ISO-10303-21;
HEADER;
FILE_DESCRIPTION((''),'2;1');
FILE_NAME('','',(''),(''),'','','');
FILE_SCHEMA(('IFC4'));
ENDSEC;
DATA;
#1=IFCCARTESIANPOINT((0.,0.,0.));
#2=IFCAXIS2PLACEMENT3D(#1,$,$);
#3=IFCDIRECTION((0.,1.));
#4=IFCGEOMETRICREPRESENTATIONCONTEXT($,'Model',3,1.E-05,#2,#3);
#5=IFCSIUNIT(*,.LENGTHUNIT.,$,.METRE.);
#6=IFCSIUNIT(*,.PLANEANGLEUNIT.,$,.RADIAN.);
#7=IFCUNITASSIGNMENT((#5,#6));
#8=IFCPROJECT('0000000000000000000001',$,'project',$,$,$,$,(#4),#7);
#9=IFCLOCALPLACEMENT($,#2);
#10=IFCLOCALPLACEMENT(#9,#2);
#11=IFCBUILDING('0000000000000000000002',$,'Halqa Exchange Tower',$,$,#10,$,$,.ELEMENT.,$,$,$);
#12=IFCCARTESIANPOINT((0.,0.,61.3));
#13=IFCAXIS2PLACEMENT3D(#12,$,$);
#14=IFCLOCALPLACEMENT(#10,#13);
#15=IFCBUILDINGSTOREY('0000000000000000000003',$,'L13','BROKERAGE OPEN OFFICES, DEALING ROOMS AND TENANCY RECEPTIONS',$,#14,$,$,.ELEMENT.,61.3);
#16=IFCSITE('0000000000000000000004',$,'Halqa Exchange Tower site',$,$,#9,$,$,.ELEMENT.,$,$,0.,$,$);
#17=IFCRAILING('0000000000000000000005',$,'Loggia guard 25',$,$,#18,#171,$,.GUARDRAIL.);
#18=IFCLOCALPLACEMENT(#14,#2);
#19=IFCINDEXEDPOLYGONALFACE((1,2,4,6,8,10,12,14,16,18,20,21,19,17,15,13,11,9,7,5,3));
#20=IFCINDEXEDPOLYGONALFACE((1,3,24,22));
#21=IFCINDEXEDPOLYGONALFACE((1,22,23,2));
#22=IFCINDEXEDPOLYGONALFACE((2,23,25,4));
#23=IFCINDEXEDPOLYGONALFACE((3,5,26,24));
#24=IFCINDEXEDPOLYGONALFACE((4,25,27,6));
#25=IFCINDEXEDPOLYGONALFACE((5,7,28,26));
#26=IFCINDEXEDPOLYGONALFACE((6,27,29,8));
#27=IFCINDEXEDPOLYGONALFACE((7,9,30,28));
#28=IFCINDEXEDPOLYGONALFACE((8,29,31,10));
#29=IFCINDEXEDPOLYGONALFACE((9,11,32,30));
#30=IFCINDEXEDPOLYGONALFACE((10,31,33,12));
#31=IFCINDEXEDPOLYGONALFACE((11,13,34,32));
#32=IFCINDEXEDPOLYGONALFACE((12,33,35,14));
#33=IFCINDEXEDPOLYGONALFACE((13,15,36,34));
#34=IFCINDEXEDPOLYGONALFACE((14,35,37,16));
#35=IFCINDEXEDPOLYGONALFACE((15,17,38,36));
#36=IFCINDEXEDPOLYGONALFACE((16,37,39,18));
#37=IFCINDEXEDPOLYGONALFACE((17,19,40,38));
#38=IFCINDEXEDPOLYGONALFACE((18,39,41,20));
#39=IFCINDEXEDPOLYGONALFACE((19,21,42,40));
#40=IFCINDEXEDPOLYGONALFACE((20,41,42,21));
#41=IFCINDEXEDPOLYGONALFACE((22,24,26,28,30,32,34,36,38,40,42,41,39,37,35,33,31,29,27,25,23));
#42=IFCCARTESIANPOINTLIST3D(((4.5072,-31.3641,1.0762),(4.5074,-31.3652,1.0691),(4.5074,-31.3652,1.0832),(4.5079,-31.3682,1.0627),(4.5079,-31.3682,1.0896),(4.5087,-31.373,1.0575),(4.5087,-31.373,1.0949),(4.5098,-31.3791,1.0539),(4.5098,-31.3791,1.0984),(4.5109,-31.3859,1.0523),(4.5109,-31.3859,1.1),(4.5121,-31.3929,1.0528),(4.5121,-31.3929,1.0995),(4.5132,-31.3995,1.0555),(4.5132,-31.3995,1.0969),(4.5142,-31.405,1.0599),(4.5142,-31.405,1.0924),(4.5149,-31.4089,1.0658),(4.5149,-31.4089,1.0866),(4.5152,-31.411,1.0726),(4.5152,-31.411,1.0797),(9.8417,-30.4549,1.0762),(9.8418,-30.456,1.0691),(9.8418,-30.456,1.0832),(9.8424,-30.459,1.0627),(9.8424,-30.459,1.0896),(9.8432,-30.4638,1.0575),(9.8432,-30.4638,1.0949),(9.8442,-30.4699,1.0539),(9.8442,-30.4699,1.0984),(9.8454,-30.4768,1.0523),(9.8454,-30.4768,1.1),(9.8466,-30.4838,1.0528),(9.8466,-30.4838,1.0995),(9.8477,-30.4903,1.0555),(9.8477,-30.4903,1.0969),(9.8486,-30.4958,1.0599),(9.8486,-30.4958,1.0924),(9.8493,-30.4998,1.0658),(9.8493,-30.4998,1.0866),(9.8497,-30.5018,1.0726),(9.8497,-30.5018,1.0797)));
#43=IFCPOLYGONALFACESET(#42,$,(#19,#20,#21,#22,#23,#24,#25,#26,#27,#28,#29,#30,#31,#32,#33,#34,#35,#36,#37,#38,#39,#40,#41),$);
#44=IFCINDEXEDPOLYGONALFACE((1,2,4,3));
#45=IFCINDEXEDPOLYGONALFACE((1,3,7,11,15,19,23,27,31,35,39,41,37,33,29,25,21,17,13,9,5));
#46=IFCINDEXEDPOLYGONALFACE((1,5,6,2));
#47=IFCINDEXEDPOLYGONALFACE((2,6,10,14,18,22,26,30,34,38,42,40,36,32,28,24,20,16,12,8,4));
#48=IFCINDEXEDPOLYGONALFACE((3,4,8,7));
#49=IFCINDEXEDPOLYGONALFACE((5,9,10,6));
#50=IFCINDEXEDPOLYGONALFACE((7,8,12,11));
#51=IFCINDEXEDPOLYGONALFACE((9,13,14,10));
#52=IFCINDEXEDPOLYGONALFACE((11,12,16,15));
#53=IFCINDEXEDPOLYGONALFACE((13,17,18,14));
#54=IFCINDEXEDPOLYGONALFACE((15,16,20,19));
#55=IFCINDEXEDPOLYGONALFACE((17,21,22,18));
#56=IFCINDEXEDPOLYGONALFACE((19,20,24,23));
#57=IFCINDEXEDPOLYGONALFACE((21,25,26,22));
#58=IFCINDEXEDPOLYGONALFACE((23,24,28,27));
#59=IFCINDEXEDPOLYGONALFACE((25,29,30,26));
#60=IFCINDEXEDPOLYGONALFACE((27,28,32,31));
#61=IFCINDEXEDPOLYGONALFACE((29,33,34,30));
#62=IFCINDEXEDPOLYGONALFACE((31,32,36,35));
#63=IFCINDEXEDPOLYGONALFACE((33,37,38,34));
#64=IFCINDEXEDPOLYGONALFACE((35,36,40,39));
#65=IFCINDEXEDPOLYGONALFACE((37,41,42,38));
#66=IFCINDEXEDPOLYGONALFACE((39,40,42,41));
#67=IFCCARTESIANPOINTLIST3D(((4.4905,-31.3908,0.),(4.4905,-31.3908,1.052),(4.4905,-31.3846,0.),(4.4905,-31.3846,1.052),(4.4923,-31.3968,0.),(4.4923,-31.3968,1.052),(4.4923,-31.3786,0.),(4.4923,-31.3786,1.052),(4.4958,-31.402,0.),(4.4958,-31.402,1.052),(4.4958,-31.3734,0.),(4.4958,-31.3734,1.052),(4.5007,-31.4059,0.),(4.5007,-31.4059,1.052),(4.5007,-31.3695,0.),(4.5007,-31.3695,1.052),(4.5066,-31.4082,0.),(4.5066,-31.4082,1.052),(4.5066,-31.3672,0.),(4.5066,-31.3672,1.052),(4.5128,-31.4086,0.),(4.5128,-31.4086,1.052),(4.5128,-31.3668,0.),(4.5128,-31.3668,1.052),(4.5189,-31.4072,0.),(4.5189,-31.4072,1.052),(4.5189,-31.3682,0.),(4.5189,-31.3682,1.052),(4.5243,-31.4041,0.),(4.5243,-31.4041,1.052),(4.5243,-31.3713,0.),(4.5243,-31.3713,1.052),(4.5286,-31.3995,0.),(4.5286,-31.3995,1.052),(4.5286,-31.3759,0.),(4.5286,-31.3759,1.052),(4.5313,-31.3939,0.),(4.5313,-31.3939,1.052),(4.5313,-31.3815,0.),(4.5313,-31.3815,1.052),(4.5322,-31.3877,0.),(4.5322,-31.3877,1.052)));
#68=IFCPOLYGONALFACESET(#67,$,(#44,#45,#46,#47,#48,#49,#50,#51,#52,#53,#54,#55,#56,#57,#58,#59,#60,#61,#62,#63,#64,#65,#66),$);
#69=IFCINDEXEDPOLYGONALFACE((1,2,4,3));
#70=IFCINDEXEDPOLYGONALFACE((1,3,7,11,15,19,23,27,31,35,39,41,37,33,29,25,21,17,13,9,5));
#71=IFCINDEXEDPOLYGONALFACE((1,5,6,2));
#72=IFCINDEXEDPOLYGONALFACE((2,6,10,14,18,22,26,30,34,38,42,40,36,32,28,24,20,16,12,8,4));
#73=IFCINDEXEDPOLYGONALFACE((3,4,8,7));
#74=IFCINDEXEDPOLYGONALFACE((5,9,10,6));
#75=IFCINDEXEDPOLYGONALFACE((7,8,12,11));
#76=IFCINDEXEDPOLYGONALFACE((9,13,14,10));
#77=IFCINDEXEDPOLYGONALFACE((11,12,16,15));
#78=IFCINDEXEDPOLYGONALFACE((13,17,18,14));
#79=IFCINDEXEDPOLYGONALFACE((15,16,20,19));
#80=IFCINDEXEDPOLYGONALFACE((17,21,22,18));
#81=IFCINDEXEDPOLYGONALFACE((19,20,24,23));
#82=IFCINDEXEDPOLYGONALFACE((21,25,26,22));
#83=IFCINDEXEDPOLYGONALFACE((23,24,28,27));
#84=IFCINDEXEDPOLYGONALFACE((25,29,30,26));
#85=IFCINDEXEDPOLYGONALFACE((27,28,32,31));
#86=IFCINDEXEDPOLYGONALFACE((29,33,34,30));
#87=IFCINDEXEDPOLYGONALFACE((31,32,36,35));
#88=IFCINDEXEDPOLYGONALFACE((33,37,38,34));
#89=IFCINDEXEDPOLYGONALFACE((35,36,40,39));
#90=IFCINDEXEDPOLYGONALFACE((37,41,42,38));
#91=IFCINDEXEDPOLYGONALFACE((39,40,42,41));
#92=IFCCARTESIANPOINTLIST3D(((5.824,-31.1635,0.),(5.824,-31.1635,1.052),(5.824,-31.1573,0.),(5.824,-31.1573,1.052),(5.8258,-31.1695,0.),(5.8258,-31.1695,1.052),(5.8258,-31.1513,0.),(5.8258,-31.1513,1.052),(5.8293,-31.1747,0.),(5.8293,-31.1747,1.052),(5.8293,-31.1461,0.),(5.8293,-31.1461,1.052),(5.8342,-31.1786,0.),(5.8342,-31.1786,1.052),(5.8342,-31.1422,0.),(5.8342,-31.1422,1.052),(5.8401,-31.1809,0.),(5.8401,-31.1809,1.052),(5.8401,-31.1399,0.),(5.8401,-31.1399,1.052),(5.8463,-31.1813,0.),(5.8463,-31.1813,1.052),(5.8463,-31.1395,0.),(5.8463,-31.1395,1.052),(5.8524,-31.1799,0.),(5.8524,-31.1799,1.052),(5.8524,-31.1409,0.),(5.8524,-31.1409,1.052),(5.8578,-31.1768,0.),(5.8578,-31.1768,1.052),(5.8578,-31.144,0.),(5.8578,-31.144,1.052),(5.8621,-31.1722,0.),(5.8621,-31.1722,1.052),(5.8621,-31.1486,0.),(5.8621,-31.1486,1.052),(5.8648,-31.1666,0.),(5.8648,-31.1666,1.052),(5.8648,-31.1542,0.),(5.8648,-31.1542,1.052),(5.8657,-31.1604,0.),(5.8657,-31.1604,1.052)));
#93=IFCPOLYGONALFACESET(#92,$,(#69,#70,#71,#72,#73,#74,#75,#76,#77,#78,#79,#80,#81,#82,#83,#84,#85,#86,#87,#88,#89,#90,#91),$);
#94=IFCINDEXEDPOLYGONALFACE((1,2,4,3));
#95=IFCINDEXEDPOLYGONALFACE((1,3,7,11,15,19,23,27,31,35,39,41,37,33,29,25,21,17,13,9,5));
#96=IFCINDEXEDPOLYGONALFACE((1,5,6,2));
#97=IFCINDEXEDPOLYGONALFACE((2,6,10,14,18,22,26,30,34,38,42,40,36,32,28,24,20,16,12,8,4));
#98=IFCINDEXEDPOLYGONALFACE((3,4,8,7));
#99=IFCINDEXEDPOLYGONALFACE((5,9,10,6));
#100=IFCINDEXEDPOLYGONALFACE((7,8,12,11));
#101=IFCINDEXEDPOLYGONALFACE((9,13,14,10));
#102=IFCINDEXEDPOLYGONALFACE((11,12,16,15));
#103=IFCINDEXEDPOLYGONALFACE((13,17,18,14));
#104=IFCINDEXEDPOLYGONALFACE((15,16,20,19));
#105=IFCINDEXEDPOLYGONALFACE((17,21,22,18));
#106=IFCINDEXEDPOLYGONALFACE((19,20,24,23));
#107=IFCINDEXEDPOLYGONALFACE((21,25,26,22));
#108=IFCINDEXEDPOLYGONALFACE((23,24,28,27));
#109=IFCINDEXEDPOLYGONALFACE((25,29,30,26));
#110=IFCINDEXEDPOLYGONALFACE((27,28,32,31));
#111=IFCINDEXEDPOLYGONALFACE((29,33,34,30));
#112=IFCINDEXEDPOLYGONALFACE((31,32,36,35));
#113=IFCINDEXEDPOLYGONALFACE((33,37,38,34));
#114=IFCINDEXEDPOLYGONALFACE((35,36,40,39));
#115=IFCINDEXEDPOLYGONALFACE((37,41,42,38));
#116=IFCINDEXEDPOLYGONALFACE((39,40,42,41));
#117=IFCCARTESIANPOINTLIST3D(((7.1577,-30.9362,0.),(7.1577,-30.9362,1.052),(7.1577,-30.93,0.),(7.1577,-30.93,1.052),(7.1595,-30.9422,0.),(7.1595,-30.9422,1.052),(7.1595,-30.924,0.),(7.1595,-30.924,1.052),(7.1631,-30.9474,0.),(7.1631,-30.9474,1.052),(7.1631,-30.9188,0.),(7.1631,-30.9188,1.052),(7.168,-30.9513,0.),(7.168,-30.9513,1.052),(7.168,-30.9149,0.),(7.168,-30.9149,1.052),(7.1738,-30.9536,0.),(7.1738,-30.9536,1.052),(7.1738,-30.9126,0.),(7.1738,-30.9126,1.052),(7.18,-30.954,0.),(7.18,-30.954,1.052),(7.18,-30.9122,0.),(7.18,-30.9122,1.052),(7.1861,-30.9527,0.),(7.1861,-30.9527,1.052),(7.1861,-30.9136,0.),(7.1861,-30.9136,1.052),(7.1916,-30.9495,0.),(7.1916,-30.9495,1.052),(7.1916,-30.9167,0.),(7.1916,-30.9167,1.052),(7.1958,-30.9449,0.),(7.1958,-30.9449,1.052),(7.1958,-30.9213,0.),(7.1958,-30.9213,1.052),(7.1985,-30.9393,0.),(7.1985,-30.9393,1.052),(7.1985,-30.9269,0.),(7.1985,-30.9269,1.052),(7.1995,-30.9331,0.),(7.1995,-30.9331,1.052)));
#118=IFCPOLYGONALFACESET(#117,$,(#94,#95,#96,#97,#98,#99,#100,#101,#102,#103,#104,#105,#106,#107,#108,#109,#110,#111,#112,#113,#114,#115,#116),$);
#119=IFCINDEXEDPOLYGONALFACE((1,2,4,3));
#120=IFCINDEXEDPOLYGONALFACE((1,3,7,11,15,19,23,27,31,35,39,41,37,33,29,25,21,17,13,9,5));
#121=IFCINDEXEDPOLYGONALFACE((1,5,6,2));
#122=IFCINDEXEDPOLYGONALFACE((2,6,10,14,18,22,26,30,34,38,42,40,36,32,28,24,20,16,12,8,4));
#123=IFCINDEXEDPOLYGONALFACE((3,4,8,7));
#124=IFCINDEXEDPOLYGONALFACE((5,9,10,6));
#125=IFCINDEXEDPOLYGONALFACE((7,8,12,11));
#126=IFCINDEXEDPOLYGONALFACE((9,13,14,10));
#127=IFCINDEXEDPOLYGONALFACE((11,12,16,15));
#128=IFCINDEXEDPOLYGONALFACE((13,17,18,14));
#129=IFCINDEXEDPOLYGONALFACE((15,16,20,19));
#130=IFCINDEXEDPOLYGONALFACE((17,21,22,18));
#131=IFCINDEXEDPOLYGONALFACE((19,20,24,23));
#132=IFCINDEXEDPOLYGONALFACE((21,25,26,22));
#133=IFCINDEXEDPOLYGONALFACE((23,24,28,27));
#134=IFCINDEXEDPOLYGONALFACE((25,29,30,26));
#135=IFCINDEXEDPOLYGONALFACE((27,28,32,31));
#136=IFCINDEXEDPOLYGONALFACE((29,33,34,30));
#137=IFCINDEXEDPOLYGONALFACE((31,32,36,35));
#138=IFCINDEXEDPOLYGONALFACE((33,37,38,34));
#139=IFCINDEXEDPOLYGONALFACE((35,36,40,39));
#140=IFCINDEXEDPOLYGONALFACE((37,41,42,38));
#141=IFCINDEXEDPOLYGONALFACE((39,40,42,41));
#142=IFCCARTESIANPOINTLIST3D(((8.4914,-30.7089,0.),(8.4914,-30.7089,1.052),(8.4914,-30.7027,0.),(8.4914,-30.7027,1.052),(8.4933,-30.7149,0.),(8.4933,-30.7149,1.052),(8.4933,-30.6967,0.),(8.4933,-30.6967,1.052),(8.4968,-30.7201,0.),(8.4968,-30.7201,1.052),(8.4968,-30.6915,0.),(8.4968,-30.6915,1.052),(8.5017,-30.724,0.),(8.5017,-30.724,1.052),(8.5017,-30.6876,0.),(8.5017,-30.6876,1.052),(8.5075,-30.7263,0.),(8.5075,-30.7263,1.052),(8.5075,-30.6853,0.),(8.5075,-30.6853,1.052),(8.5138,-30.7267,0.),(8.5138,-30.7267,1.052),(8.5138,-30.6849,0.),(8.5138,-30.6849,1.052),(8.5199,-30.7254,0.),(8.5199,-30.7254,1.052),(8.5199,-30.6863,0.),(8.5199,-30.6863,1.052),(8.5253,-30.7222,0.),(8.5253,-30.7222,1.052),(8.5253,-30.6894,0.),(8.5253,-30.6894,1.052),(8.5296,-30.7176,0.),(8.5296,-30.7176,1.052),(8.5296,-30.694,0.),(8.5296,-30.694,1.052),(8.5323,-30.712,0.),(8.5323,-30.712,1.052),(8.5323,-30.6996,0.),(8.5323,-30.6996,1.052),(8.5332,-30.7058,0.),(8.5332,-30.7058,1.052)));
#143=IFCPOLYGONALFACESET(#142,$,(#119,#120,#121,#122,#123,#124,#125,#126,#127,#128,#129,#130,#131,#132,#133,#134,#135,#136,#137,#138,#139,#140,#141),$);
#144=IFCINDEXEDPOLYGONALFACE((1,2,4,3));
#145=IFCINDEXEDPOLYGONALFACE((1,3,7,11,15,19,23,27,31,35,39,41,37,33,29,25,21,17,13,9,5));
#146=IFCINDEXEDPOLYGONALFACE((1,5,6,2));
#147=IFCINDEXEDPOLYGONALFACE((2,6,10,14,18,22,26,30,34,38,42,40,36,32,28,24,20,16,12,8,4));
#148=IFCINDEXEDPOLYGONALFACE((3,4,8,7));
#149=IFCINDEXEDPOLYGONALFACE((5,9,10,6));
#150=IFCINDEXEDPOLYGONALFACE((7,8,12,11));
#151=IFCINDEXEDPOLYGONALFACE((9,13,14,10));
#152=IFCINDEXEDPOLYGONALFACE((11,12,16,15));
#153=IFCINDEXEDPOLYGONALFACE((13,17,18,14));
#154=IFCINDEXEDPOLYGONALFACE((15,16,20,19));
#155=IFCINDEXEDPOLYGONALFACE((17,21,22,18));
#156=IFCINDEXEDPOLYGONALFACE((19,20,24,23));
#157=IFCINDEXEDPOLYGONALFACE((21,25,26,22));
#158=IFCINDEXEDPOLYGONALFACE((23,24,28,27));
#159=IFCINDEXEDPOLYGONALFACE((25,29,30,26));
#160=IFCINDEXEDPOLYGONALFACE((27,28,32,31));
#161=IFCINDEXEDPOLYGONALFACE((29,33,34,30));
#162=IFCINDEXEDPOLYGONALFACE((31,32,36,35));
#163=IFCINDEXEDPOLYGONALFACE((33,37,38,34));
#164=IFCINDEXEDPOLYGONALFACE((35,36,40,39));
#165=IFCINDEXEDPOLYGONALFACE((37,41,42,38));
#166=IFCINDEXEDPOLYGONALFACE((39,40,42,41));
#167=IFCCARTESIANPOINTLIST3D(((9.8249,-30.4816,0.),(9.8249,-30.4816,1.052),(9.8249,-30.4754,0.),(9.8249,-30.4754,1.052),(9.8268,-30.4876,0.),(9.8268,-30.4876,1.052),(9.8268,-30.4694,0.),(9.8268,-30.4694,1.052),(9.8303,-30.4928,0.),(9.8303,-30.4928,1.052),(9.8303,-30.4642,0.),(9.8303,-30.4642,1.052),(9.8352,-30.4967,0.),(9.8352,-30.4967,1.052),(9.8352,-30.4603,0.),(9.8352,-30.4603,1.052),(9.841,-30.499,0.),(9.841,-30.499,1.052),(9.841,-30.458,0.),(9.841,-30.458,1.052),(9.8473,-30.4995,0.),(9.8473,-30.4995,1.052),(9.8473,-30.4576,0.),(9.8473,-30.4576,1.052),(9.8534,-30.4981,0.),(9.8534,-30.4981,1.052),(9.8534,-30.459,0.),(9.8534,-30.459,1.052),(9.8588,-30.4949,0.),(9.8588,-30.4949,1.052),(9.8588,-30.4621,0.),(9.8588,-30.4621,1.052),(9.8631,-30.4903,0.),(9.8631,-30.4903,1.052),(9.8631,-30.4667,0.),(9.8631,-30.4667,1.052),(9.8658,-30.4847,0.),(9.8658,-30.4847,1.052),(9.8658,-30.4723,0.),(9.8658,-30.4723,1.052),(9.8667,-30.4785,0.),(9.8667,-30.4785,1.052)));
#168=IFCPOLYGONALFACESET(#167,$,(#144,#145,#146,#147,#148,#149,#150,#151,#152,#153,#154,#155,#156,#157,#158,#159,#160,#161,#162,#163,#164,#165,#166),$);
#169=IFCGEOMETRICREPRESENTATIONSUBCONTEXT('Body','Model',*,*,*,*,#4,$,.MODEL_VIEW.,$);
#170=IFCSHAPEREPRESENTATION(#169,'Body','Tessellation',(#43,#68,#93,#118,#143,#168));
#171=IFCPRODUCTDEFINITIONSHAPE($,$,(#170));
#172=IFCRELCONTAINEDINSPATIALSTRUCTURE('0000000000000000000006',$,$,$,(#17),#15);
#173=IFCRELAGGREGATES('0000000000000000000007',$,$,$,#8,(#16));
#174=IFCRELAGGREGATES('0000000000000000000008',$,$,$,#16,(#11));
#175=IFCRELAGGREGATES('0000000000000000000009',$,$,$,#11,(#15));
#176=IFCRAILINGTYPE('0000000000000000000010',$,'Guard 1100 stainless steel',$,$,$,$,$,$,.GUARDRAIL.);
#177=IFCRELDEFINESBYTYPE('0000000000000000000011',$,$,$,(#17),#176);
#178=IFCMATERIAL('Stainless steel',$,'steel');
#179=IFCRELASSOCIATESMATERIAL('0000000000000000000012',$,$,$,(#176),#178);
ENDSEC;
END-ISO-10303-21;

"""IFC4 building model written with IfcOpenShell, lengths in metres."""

from ifc_helpers import new_model, si_unit, direction, frame, origin, origin_2d, place, context, subcontext, project, spatial, circle, extrude, material, type_object, element, save


model = new_model("IFC4")

# Units and contexts
model_context = context("Model", 3, precision=1e-05, world=origin(), true_north=direction((0.0, 1.0)))
body_context = subcontext(model_context, "Body", "Model", "MODEL_VIEW")
ifc_project = project(units=[si_unit("LENGTHUNIT", "METRE"), si_unit("PLANEANGLEUNIT", "RADIAN")], contexts=[model_context])

# Site, building, storey
site_placement = place(None, origin())
site = spatial("IfcSite", under=ifc_project, at=site_placement, Name="Halqa Exchange Tower site", CompositionType="ELEMENT", RefElevation=0.0)
building_placement = place(site_placement, origin())
building = spatial("IfcBuilding", under=site, at=building_placement, Name="Halqa Exchange Tower", CompositionType="ELEMENT")
storey_placement = place(building_placement, frame((0.0, 0.0, 61.3)))
storey = spatial("IfcBuildingStorey", under=building, at=storey_placement, Name="L13", Description="BROKERAGE OPEN OFFICES, DEALING ROOMS AND TENANCY RECEPTIONS", CompositionType="ELEMENT", Elevation=61.3)

# Railing
ifc_material_1 = material(Name="Stainless steel", Category="steel")
railing_type_1 = type_object("IfcRailingType", Name="Guard 1100 stainless steel", PredefinedType="GUARDRAIL", material=ifc_material_1)
railing_1_placement = place(storey_placement, frame((4.5112, -31.3877, 0.0)))
element("IfcRailing", 1, at=railing_1_placement, inside=storey, type_object=railing_type_1, Name="Loggia guard 25", PredefinedType="GUARDRAIL", context=body_context, shape_type="SweptSolid", body=[
    extrude(circle(Radius=0.0239, at=origin_2d()), frame((0.0, 0.0, 1.0762), z_axis=(0.985785, 0.168012, 0.0), x_axis=(-0.168012, 0.985785, 0.0)), (0.0, 0.0, 1.0), 5.4114),
    extrude(circle(Radius=0.021, at=origin_2d()), origin(), (0.0, 0.0, 1.0), 1.052),
    extrude(circle(Radius=0.021, at=origin_2d()), frame((1.3335, 0.2273, 0.0)), (0.0, 0.0, 1.0), 1.052),
    extrude(circle(Radius=0.021, at=origin_2d()), frame((2.6672, 0.4546, 0.0)), (0.0, 0.0, 1.0), 1.052),
    extrude(circle(Radius=0.021, at=origin_2d()), frame((4.001, 0.6819, 0.0)), (0.0, 0.0, 1.0), 1.052),
    extrude(circle(Radius=0.021, at=origin_2d()), frame((5.3345, 0.9092, 0.0)), (0.0, 0.0, 1.0), 1.052),
])

save(model, "model.ifc")
